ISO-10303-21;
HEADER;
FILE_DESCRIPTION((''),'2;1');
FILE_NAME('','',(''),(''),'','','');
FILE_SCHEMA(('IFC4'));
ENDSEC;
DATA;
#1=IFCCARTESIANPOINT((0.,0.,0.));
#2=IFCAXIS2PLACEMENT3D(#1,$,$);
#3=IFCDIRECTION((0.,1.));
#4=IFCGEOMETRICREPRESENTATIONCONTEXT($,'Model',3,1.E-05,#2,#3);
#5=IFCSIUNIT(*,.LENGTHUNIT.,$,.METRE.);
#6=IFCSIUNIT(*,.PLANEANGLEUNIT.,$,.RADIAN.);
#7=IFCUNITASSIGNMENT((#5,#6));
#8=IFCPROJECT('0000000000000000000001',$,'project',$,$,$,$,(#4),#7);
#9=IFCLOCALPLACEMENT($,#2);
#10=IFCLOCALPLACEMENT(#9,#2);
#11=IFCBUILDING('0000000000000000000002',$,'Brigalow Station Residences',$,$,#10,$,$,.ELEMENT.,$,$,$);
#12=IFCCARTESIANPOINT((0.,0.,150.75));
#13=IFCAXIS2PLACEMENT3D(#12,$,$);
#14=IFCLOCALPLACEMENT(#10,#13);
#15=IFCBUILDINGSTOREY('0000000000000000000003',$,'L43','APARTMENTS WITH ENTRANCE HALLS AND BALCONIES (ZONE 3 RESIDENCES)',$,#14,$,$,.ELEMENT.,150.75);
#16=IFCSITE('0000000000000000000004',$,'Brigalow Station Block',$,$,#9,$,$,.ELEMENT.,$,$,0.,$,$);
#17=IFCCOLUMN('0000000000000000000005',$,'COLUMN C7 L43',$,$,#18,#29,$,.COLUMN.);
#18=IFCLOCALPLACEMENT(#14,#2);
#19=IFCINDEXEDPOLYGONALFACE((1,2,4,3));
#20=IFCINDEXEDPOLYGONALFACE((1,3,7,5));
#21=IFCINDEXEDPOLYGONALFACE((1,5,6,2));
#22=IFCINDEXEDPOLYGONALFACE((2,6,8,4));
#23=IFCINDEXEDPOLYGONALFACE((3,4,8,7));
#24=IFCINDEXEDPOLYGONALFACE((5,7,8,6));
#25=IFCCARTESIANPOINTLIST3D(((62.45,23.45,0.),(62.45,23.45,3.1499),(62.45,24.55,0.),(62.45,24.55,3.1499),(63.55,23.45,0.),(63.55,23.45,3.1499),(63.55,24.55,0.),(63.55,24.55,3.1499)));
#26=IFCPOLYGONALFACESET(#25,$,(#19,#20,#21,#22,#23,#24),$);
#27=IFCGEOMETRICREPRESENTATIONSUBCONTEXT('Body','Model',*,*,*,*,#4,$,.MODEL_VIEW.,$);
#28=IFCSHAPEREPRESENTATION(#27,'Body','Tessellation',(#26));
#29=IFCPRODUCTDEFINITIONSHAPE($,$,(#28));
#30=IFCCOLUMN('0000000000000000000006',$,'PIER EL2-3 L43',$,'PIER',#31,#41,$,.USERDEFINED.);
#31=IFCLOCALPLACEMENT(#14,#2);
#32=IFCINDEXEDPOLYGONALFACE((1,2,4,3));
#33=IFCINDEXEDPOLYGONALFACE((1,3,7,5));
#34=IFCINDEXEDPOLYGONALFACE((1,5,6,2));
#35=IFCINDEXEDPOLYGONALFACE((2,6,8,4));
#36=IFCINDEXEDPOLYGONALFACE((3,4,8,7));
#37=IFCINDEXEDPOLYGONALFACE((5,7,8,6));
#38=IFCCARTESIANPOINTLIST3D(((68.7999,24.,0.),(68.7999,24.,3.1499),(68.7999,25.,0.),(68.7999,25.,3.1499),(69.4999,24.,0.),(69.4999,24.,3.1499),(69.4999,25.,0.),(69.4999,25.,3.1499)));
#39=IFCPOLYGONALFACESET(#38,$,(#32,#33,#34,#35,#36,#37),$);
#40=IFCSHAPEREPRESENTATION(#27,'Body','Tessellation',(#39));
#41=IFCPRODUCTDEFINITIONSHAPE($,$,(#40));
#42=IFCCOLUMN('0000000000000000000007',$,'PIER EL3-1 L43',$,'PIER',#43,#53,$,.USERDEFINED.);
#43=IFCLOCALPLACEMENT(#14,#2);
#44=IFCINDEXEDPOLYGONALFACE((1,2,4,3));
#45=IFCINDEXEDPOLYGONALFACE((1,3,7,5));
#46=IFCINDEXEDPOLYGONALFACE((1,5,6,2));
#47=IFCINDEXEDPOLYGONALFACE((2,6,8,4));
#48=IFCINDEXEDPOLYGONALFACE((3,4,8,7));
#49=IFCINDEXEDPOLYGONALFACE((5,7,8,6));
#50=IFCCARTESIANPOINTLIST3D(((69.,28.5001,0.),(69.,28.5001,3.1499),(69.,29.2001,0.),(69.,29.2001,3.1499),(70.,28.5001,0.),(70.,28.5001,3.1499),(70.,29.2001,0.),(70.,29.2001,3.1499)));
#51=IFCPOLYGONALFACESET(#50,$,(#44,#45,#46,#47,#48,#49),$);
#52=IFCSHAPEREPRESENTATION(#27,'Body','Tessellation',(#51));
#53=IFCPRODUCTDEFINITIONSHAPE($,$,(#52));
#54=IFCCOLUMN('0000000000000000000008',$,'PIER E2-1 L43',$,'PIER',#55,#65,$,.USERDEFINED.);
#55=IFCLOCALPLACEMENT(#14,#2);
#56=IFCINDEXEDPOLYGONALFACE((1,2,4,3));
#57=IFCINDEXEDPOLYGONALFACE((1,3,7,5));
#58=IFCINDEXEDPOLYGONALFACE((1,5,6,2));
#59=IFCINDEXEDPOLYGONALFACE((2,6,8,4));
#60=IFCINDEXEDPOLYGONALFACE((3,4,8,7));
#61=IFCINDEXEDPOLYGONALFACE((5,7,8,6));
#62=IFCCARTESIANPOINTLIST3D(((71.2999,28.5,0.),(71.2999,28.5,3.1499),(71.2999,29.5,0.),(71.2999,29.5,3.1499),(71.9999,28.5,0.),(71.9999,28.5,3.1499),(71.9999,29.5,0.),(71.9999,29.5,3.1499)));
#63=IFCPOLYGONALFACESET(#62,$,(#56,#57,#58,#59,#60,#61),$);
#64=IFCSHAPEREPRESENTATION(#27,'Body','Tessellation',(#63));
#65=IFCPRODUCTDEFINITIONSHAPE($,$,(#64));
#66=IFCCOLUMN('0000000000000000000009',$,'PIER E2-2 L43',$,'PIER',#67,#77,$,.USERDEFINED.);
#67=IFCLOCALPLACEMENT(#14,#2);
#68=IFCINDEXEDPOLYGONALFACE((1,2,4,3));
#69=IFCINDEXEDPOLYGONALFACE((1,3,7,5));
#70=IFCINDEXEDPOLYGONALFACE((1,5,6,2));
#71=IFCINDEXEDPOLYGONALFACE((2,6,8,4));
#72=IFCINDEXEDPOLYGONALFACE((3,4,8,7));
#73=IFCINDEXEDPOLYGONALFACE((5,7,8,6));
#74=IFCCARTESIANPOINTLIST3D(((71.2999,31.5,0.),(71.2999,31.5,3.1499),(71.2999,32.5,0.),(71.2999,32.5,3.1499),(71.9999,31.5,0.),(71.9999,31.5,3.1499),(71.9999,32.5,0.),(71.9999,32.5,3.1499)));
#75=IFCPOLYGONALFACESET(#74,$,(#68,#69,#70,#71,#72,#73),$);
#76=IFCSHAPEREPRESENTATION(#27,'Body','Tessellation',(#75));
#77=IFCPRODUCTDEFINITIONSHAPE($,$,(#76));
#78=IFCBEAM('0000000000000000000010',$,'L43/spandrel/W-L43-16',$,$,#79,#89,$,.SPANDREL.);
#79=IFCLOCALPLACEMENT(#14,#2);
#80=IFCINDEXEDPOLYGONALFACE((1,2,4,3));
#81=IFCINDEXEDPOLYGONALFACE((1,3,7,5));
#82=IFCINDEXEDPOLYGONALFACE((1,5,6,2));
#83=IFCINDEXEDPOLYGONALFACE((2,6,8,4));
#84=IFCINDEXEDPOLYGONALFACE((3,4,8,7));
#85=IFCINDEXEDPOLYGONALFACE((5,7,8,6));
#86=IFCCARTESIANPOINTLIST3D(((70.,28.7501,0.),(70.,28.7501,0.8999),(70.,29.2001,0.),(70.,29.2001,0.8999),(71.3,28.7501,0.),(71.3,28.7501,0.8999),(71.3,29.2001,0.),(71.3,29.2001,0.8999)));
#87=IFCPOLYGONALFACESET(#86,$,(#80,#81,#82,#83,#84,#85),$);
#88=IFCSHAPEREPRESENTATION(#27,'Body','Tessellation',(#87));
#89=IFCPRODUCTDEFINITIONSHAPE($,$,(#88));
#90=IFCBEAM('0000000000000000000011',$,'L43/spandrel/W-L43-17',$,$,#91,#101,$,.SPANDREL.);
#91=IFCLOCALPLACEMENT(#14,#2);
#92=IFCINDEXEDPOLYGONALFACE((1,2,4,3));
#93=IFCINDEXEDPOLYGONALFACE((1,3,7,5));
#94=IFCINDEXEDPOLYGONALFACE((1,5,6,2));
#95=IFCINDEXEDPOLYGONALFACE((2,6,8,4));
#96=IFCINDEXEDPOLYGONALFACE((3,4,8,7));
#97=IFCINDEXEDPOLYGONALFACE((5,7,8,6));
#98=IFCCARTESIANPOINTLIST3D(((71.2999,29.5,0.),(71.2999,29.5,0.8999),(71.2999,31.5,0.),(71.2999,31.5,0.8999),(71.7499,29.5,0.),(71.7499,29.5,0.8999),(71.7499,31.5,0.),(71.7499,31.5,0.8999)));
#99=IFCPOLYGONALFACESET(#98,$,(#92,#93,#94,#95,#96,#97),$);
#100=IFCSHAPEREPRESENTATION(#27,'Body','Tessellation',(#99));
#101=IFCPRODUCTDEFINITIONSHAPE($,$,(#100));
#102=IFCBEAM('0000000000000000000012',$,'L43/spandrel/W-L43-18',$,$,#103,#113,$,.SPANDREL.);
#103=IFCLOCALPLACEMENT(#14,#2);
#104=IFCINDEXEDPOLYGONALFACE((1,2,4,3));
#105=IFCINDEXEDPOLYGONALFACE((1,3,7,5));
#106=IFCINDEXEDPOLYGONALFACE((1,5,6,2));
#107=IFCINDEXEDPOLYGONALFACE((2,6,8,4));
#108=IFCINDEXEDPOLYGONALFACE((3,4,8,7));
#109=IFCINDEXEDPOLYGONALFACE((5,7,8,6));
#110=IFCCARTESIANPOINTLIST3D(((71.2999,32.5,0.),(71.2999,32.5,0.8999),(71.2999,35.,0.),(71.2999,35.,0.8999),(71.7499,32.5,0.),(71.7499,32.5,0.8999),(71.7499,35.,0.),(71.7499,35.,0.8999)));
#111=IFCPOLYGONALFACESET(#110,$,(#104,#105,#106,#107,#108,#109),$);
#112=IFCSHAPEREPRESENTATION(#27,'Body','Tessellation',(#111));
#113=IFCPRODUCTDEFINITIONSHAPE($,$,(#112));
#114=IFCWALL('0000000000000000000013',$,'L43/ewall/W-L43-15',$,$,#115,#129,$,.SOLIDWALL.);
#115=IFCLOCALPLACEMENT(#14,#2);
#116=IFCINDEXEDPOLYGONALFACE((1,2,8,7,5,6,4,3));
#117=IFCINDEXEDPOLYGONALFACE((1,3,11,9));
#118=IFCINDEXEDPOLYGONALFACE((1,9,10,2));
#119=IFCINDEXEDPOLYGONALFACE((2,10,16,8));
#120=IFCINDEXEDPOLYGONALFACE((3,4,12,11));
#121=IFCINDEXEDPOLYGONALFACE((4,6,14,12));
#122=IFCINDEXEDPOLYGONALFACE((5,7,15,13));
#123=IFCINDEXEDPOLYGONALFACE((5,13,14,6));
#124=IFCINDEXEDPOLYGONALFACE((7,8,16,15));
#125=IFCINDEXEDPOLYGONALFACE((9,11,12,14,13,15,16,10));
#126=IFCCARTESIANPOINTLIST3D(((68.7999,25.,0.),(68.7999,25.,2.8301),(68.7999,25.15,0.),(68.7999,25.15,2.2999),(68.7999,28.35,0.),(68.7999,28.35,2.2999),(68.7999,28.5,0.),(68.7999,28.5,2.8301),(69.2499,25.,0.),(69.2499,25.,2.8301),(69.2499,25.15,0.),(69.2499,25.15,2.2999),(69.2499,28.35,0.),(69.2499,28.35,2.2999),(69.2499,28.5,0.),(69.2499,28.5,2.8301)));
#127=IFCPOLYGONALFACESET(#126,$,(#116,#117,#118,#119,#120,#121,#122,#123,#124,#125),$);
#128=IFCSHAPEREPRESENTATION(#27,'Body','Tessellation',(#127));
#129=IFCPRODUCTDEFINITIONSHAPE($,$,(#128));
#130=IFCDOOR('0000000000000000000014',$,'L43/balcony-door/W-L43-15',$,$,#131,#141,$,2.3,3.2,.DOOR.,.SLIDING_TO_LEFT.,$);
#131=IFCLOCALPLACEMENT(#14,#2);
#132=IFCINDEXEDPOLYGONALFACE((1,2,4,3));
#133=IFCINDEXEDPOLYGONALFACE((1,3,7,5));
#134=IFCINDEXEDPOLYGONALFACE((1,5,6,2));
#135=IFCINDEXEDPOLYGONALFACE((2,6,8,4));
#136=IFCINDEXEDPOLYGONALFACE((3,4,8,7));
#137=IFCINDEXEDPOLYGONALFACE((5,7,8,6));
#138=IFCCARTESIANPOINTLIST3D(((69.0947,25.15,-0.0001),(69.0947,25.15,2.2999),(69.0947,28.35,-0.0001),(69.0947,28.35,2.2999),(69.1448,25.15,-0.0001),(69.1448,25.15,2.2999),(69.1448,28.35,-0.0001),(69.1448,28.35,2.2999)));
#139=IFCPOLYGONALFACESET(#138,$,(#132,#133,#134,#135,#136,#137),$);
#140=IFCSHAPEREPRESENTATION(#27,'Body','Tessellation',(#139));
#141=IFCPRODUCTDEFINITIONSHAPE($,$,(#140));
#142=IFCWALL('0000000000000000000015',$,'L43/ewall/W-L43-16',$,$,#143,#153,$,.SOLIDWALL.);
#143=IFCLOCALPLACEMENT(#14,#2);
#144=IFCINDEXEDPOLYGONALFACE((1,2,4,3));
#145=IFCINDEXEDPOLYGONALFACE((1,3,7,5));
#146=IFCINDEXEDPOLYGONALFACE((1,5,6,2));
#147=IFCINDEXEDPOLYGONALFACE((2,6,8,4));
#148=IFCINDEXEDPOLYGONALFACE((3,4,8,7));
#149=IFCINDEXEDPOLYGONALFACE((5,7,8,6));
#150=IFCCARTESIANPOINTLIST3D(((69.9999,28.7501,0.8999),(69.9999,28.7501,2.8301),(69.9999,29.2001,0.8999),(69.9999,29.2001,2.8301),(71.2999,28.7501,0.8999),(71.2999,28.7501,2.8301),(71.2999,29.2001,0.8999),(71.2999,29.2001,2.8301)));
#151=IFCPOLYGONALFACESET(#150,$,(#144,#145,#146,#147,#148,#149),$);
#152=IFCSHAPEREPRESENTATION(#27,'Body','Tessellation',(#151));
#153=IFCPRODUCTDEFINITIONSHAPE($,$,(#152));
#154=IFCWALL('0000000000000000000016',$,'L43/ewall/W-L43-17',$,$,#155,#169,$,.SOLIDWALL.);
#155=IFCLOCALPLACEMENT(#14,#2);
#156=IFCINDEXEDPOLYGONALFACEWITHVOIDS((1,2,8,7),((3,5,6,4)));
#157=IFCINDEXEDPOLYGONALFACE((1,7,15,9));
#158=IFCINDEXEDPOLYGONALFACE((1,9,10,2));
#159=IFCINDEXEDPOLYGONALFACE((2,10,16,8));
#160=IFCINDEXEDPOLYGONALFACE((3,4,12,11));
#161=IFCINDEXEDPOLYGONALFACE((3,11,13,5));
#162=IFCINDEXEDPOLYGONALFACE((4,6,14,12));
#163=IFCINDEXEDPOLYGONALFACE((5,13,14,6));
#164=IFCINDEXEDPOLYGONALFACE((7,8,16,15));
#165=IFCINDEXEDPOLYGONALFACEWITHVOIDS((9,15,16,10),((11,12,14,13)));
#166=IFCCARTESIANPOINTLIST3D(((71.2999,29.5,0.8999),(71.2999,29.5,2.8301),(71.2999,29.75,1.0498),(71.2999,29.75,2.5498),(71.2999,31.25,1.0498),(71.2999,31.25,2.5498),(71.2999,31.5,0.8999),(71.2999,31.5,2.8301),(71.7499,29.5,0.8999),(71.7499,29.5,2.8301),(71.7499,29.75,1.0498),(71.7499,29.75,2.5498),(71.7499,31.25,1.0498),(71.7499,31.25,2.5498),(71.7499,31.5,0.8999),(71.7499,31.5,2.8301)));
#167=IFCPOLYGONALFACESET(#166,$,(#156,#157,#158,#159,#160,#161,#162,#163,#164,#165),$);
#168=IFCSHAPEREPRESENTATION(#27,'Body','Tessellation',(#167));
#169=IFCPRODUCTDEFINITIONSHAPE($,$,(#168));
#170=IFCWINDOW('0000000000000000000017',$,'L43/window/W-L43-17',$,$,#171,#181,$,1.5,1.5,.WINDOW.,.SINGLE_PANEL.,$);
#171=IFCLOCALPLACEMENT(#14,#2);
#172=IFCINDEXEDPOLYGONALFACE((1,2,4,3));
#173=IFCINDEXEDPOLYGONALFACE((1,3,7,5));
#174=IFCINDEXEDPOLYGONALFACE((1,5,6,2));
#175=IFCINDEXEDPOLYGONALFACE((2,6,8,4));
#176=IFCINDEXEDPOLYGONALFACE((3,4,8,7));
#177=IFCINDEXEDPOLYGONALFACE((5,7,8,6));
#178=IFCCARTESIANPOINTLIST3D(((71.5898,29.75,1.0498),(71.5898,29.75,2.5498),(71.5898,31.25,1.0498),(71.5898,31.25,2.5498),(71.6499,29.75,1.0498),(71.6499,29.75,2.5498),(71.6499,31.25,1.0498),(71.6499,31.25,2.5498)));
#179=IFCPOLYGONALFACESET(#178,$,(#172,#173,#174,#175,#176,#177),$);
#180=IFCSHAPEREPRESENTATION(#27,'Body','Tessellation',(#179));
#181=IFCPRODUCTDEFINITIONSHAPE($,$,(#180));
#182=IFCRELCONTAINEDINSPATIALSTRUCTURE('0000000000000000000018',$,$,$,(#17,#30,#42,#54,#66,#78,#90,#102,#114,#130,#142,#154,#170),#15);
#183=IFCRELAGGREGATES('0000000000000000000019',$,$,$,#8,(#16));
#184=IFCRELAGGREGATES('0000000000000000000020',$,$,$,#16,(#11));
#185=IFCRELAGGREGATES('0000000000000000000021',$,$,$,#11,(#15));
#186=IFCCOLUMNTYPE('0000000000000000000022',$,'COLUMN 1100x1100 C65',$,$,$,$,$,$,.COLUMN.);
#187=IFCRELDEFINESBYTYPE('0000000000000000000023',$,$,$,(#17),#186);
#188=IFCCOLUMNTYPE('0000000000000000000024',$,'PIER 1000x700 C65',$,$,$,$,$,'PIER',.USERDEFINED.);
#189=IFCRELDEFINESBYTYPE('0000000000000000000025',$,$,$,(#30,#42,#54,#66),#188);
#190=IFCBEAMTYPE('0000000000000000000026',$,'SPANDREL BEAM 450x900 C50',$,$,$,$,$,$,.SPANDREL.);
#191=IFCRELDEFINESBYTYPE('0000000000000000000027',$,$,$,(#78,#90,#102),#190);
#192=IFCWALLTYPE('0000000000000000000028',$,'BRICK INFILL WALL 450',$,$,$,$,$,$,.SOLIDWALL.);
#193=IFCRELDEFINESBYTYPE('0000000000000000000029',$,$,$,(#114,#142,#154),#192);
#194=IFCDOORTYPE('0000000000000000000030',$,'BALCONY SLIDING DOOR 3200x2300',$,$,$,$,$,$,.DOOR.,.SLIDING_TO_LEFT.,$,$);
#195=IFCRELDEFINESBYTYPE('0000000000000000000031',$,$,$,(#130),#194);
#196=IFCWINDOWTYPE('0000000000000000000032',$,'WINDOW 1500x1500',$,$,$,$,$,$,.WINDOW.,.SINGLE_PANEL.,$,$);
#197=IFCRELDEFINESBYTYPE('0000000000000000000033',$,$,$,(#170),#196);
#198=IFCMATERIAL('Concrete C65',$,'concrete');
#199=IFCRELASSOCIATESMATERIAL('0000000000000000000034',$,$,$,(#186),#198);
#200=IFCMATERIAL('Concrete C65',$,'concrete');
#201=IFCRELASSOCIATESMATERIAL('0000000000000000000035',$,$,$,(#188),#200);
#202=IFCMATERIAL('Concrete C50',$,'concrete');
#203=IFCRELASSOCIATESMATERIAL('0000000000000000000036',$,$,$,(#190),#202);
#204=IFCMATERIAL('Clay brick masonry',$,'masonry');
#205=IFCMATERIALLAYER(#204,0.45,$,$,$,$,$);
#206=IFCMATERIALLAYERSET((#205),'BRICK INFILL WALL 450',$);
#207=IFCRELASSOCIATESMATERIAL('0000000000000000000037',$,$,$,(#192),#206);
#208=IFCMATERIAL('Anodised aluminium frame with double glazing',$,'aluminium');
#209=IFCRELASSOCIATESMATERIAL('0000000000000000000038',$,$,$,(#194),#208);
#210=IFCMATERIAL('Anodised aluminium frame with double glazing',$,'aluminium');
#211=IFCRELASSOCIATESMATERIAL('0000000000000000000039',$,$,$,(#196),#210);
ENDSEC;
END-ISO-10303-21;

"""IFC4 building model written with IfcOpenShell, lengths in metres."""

from ifc_helpers import new_model, si_unit, direction, frame, frame_2d, origin, origin_2d, place, context, subcontext, project, spatial, rectangle, extrude, material, layer, layer_set, material_profile, profile_set, type_object, element, fill, save


model = new_model("IFC4")

# Units and contexts
model_context = context("Model", 3, precision=1e-05, world=origin(), true_north=direction((0.0, 1.0)))
body_context = subcontext(model_context, "Body", "Model", "MODEL_VIEW")
ifc_project = project(units=[si_unit("LENGTHUNIT", "METRE"), si_unit("PLANEANGLEUNIT", "RADIAN")], contexts=[model_context])

# Site, building, storey
site_placement = place(None, origin())
site = spatial("IfcSite", under=ifc_project, at=site_placement, Name="Brigalow Station Block", CompositionType="ELEMENT", RefElevation=0.0)
building_placement = place(site_placement, origin())
building = spatial("IfcBuilding", under=site, at=building_placement, Name="Brigalow Station Residences", CompositionType="ELEMENT")
storey_placement = place(building_placement, frame((0.0, 0.0, 150.75)))
storey = spatial("IfcBuildingStorey", under=building, at=storey_placement, Name="L43", Description="APARTMENTS WITH ENTRANCE HALLS AND BALCONIES (ZONE 3 RESIDENCES)", CompositionType="ELEMENT", Elevation=150.75)

# Columns
ifc_material_1 = material(Name="Concrete C65", Category="concrete")
ifc_material_profile_1 = material_profile(ifc_material_1, rectangle(XDim=1.1001, YDim=1.1001, at=origin_2d()), Name="RC1100x1100")
ifc_profile_set_1 = profile_set([ifc_material_profile_1], Name="Concrete C65")
column_type_1 = type_object("IfcColumnType", Name="COLUMN 1100x1100 C65", PredefinedType="COLUMN", material=ifc_profile_set_1)
column_placement = place(storey_placement, frame((63.0, 24.0, 0.0), z_axis=(0.0, 0.0, 1.0), x_axis=(1.0, 0.0, 0.0)))
element("IfcColumn", 1, at=column_placement, inside=storey, type_object=column_type_1, Name="COLUMN C7 L43", PredefinedType="COLUMN", context=body_context, shape_type="SweptSolid", body=[
    extrude(rectangle(XDim=1.1001, YDim=1.1001, at=origin_2d()), origin(), (0.0, 0.0, 1.0), 3.1499),
])
ifc_material_2 = material(Name="Concrete C65", Category="concrete")
ifc_material_profile_2 = material_profile(ifc_material_2, rectangle(XDim=1.0, YDim=0.7, at=origin_2d()), Name="RC1000x700")
ifc_profile_set_2 = profile_set([ifc_material_profile_2], Name="Concrete C65")
column_type_2 = type_object("IfcColumnType", Name="PIER 1000x700 C65", ElementType="PIER", PredefinedType="USERDEFINED", material=ifc_profile_set_2)
for number, where, z_axis, x_axis, name in (
    (2, (69.1499, 24.5, 0.0), (0.0, 0.0, 1.0), (0.0, 1.0, 0.0), "PIER EL2-3 L43"),
    (3, (69.5, 28.8501, 0.0), (0.0, 0.0, 1.0), (1.0, 0.0, 0.0), "PIER EL3-1 L43"),
    (4, (71.6499, 29.0, 0.0), (0.0, 0.0, 1.0), (0.0, 1.0, 0.0), "PIER E2-1 L43"),
    (5, (71.6499, 32.0, 0.0), (0.0, 0.0, 1.0), (0.0, 1.0, 0.0), "PIER E2-2 L43"),
):
    element("IfcColumn", number, at=place(storey_placement, frame(where, z_axis=z_axis, x_axis=x_axis)), inside=storey, type_object=column_type_2, Name=name, ObjectType="PIER", PredefinedType="USERDEFINED", context=body_context, shape_type="SweptSolid", body=[
        extrude(rectangle(XDim=1.0, YDim=0.7, at=origin_2d()), origin(), (0.0, 0.0, 1.0), 3.1499),
    ])

# Beams
ifc_material_3 = material(Name="Concrete C50", Category="concrete")
ifc_material_profile_3 = material_profile(ifc_material_3, rectangle(XDim=0.45, YDim=0.8999, at=origin_2d()), Name="RC450x900")
ifc_profile_set_3 = profile_set([ifc_material_profile_3], Name="Concrete C50")
beam_type = type_object("IfcBeamType", Name="SPANDREL BEAM 450x900 C50", PredefinedType="SPANDREL", material=ifc_profile_set_3)
beam_1_placement = place(storey_placement, frame((70.0, 28.9751, 0.45), z_axis=(1.0, 0.0, 0.0), x_axis=(0.0, 1.0, 0.0)))
element("IfcBeam", 6, at=beam_1_placement, inside=storey, type_object=beam_type, Name="L43/spandrel/W-L43-16", PredefinedType="SPANDREL", context=body_context, shape_type="SweptSolid", body=[
    extrude(rectangle(XDim=0.45, YDim=0.8999, at=origin_2d()), origin(), (0.0, 0.0, 1.0), 1.3),
])
beam_2_placement = place(storey_placement, frame((71.5249, 29.5, 0.45), z_axis=(0.0, 1.0, 0.0), x_axis=(-1.0, 0.0, 0.0)))
element("IfcBeam", 7, at=beam_2_placement, inside=storey, type_object=beam_type, Name="L43/spandrel/W-L43-17", PredefinedType="SPANDREL", context=body_context, shape_type="SweptSolid", body=[
    extrude(rectangle(XDim=0.45, YDim=0.8999, at=origin_2d()), origin(), (0.0, 0.0, 1.0), 2.0),
])
beam_3_placement = place(storey_placement, frame((71.5249, 32.5, 0.45), z_axis=(0.0, 1.0, 0.0), x_axis=(-1.0, 0.0, 0.0)))
element("IfcBeam", 8, at=beam_3_placement, inside=storey, type_object=beam_type, Name="L43/spandrel/W-L43-18", PredefinedType="SPANDREL", context=body_context, shape_type="SweptSolid", body=[
    extrude(rectangle(XDim=0.45, YDim=0.8999, at=origin_2d()), origin(), (0.0, 0.0, 1.0), 2.5),
])

# Wall, opening, door
ifc_material_4 = material(Name="Clay brick masonry", Category="masonry")
ifc_layer_1 = layer(ifc_material_4, 0.45)
ifc_layer_set_1 = layer_set([ifc_layer_1], Name="BRICK INFILL WALL 450")
wall_type_1 = type_object("IfcWallType", Name="BRICK INFILL WALL 450", PredefinedType="SOLIDWALL", material=ifc_layer_set_1)
wall_1_placement = place(storey_placement, frame((69.0249, 25.0, 0.0), z_axis=(0.0, 0.0, 1.0), x_axis=(0.0, 1.0, 0.0)))
wall_1 = element("IfcWall", 9, at=wall_1_placement, inside=storey, type_object=wall_type_1, Name="L43/ewall/W-L43-15", PredefinedType="SOLIDWALL", context=body_context, shape_type="SweptSolid", body=[
    extrude(rectangle(XDim=3.5, YDim=0.45, at=frame_2d((1.75, 0.0))), origin(), (0.0, 0.0, 1.0), 2.8301),
])
opening_1_placement = place(wall_1_placement, frame((0.1499, 0.0, 0.0)))
opening_1 = element("IfcOpeningElement", 10, at=opening_1_placement, cuts=wall_1, PredefinedType="OPENING", context=body_context, shape_type="SweptSolid", body=[
    extrude(rectangle(XDim=3.2, YDim=2.3, at=frame_2d((1.6001, 1.1499))), frame((0.0, 0.2349, 0.0), z_axis=(0.0, -1.0, 0.0), x_axis=(1.0, 0.0, 0.0)), (0.0, 0.0, 1.0), 0.47),
])
ifc_material_5 = material(Name="Anodised aluminium frame with double glazing", Category="aluminium")
door_type_1 = type_object("IfcDoorType", Name="BALCONY SLIDING DOOR 3200x2300", OperationType="SLIDING_TO_LEFT", PredefinedType="DOOR", material=ifc_material_5)
door_1_placement = place(opening_1_placement, origin())
door_1 = element("IfcDoor", 11, at=door_1_placement, inside=storey, type_object=door_type_1, Name="L43/balcony-door/W-L43-15", OperationType="SLIDING_TO_LEFT", OverallHeight=2.3, OverallWidth=3.2, PredefinedType="DOOR", context=body_context, shape_type="SweptSolid", body=[
    extrude(rectangle(XDim=3.2, YDim=2.3, at=frame_2d((1.6001, 1.1499))), frame((0.0, -0.0698, 0.0), z_axis=(0.0, -1.0, 0.0), x_axis=(1.0, 0.0, 0.0)), (0.0, 0.0, 1.0), 0.05),
])
fill(opening_1, door_1)

# Wall
wall_2_placement = place(storey_placement, frame((70.0, 28.9751, 0.8999), z_axis=(0.0, 0.0, 1.0), x_axis=(1.0, 0.0, 0.0)))
element("IfcWall", 12, at=wall_2_placement, inside=storey, type_object=wall_type_1, Name="L43/ewall/W-L43-16", PredefinedType="SOLIDWALL", context=body_context, shape_type="SweptSolid", body=[
    extrude(rectangle(XDim=1.3, YDim=0.45, at=frame_2d((0.6499, 0.0))), origin(), (0.0, 0.0, 1.0), 1.9302),
])

# Wall, opening, window
wall_3_placement = place(storey_placement, frame((71.5249, 29.5, 0.8999), z_axis=(0.0, 0.0, 1.0), x_axis=(0.0, 1.0, 0.0)))
wall_3 = element("IfcWall", 13, at=wall_3_placement, inside=storey, type_object=wall_type_1, Name="L43/ewall/W-L43-17", PredefinedType="SOLIDWALL", context=body_context, shape_type="SweptSolid", body=[
    extrude(rectangle(XDim=2.0, YDim=0.45, at=frame_2d((1.0, 0.0))), origin(), (0.0, 0.0, 1.0), 1.9302),
])
opening_2_placement = place(wall_3_placement, frame((0.25, 0.0, 0.1499)))
opening_2 = element("IfcOpeningElement", 14, at=opening_2_placement, cuts=wall_3, PredefinedType="OPENING", context=body_context, shape_type="SweptSolid", body=[
    extrude(rectangle(XDim=1.5, YDim=1.5, at=frame_2d((0.75, 0.75))), frame((0.0, 0.2349, 0.0), z_axis=(0.0, -1.0, 0.0), x_axis=(1.0, 0.0, 0.0)), (0.0, 0.0, 1.0), 0.47),
])
ifc_material_6 = material(Name="Anodised aluminium frame with double glazing", Category="aluminium")
window_type_1 = type_object("IfcWindowType", Name="WINDOW 1500x1500", PartitioningType="SINGLE_PANEL", PredefinedType="WINDOW", material=ifc_material_6)
window_1_placement = place(opening_2_placement, origin())
window_1 = element("IfcWindow", 15, at=window_1_placement, inside=storey, type_object=window_type_1, Name="L43/window/W-L43-17", OverallHeight=1.5, OverallWidth=1.5, PartitioningType="SINGLE_PANEL", PredefinedType="WINDOW", context=body_context, shape_type="SweptSolid", body=[
    extrude(rectangle(XDim=1.5, YDim=1.5, at=frame_2d((0.75, 0.75))), frame((0.0, -0.0649, 0.0), z_axis=(0.0, -1.0, 0.0), x_axis=(1.0, 0.0, 0.0)), (0.0, 0.0, 1.0), 0.0601),
])
fill(opening_2, window_1)

save(model, "model.ifc")
